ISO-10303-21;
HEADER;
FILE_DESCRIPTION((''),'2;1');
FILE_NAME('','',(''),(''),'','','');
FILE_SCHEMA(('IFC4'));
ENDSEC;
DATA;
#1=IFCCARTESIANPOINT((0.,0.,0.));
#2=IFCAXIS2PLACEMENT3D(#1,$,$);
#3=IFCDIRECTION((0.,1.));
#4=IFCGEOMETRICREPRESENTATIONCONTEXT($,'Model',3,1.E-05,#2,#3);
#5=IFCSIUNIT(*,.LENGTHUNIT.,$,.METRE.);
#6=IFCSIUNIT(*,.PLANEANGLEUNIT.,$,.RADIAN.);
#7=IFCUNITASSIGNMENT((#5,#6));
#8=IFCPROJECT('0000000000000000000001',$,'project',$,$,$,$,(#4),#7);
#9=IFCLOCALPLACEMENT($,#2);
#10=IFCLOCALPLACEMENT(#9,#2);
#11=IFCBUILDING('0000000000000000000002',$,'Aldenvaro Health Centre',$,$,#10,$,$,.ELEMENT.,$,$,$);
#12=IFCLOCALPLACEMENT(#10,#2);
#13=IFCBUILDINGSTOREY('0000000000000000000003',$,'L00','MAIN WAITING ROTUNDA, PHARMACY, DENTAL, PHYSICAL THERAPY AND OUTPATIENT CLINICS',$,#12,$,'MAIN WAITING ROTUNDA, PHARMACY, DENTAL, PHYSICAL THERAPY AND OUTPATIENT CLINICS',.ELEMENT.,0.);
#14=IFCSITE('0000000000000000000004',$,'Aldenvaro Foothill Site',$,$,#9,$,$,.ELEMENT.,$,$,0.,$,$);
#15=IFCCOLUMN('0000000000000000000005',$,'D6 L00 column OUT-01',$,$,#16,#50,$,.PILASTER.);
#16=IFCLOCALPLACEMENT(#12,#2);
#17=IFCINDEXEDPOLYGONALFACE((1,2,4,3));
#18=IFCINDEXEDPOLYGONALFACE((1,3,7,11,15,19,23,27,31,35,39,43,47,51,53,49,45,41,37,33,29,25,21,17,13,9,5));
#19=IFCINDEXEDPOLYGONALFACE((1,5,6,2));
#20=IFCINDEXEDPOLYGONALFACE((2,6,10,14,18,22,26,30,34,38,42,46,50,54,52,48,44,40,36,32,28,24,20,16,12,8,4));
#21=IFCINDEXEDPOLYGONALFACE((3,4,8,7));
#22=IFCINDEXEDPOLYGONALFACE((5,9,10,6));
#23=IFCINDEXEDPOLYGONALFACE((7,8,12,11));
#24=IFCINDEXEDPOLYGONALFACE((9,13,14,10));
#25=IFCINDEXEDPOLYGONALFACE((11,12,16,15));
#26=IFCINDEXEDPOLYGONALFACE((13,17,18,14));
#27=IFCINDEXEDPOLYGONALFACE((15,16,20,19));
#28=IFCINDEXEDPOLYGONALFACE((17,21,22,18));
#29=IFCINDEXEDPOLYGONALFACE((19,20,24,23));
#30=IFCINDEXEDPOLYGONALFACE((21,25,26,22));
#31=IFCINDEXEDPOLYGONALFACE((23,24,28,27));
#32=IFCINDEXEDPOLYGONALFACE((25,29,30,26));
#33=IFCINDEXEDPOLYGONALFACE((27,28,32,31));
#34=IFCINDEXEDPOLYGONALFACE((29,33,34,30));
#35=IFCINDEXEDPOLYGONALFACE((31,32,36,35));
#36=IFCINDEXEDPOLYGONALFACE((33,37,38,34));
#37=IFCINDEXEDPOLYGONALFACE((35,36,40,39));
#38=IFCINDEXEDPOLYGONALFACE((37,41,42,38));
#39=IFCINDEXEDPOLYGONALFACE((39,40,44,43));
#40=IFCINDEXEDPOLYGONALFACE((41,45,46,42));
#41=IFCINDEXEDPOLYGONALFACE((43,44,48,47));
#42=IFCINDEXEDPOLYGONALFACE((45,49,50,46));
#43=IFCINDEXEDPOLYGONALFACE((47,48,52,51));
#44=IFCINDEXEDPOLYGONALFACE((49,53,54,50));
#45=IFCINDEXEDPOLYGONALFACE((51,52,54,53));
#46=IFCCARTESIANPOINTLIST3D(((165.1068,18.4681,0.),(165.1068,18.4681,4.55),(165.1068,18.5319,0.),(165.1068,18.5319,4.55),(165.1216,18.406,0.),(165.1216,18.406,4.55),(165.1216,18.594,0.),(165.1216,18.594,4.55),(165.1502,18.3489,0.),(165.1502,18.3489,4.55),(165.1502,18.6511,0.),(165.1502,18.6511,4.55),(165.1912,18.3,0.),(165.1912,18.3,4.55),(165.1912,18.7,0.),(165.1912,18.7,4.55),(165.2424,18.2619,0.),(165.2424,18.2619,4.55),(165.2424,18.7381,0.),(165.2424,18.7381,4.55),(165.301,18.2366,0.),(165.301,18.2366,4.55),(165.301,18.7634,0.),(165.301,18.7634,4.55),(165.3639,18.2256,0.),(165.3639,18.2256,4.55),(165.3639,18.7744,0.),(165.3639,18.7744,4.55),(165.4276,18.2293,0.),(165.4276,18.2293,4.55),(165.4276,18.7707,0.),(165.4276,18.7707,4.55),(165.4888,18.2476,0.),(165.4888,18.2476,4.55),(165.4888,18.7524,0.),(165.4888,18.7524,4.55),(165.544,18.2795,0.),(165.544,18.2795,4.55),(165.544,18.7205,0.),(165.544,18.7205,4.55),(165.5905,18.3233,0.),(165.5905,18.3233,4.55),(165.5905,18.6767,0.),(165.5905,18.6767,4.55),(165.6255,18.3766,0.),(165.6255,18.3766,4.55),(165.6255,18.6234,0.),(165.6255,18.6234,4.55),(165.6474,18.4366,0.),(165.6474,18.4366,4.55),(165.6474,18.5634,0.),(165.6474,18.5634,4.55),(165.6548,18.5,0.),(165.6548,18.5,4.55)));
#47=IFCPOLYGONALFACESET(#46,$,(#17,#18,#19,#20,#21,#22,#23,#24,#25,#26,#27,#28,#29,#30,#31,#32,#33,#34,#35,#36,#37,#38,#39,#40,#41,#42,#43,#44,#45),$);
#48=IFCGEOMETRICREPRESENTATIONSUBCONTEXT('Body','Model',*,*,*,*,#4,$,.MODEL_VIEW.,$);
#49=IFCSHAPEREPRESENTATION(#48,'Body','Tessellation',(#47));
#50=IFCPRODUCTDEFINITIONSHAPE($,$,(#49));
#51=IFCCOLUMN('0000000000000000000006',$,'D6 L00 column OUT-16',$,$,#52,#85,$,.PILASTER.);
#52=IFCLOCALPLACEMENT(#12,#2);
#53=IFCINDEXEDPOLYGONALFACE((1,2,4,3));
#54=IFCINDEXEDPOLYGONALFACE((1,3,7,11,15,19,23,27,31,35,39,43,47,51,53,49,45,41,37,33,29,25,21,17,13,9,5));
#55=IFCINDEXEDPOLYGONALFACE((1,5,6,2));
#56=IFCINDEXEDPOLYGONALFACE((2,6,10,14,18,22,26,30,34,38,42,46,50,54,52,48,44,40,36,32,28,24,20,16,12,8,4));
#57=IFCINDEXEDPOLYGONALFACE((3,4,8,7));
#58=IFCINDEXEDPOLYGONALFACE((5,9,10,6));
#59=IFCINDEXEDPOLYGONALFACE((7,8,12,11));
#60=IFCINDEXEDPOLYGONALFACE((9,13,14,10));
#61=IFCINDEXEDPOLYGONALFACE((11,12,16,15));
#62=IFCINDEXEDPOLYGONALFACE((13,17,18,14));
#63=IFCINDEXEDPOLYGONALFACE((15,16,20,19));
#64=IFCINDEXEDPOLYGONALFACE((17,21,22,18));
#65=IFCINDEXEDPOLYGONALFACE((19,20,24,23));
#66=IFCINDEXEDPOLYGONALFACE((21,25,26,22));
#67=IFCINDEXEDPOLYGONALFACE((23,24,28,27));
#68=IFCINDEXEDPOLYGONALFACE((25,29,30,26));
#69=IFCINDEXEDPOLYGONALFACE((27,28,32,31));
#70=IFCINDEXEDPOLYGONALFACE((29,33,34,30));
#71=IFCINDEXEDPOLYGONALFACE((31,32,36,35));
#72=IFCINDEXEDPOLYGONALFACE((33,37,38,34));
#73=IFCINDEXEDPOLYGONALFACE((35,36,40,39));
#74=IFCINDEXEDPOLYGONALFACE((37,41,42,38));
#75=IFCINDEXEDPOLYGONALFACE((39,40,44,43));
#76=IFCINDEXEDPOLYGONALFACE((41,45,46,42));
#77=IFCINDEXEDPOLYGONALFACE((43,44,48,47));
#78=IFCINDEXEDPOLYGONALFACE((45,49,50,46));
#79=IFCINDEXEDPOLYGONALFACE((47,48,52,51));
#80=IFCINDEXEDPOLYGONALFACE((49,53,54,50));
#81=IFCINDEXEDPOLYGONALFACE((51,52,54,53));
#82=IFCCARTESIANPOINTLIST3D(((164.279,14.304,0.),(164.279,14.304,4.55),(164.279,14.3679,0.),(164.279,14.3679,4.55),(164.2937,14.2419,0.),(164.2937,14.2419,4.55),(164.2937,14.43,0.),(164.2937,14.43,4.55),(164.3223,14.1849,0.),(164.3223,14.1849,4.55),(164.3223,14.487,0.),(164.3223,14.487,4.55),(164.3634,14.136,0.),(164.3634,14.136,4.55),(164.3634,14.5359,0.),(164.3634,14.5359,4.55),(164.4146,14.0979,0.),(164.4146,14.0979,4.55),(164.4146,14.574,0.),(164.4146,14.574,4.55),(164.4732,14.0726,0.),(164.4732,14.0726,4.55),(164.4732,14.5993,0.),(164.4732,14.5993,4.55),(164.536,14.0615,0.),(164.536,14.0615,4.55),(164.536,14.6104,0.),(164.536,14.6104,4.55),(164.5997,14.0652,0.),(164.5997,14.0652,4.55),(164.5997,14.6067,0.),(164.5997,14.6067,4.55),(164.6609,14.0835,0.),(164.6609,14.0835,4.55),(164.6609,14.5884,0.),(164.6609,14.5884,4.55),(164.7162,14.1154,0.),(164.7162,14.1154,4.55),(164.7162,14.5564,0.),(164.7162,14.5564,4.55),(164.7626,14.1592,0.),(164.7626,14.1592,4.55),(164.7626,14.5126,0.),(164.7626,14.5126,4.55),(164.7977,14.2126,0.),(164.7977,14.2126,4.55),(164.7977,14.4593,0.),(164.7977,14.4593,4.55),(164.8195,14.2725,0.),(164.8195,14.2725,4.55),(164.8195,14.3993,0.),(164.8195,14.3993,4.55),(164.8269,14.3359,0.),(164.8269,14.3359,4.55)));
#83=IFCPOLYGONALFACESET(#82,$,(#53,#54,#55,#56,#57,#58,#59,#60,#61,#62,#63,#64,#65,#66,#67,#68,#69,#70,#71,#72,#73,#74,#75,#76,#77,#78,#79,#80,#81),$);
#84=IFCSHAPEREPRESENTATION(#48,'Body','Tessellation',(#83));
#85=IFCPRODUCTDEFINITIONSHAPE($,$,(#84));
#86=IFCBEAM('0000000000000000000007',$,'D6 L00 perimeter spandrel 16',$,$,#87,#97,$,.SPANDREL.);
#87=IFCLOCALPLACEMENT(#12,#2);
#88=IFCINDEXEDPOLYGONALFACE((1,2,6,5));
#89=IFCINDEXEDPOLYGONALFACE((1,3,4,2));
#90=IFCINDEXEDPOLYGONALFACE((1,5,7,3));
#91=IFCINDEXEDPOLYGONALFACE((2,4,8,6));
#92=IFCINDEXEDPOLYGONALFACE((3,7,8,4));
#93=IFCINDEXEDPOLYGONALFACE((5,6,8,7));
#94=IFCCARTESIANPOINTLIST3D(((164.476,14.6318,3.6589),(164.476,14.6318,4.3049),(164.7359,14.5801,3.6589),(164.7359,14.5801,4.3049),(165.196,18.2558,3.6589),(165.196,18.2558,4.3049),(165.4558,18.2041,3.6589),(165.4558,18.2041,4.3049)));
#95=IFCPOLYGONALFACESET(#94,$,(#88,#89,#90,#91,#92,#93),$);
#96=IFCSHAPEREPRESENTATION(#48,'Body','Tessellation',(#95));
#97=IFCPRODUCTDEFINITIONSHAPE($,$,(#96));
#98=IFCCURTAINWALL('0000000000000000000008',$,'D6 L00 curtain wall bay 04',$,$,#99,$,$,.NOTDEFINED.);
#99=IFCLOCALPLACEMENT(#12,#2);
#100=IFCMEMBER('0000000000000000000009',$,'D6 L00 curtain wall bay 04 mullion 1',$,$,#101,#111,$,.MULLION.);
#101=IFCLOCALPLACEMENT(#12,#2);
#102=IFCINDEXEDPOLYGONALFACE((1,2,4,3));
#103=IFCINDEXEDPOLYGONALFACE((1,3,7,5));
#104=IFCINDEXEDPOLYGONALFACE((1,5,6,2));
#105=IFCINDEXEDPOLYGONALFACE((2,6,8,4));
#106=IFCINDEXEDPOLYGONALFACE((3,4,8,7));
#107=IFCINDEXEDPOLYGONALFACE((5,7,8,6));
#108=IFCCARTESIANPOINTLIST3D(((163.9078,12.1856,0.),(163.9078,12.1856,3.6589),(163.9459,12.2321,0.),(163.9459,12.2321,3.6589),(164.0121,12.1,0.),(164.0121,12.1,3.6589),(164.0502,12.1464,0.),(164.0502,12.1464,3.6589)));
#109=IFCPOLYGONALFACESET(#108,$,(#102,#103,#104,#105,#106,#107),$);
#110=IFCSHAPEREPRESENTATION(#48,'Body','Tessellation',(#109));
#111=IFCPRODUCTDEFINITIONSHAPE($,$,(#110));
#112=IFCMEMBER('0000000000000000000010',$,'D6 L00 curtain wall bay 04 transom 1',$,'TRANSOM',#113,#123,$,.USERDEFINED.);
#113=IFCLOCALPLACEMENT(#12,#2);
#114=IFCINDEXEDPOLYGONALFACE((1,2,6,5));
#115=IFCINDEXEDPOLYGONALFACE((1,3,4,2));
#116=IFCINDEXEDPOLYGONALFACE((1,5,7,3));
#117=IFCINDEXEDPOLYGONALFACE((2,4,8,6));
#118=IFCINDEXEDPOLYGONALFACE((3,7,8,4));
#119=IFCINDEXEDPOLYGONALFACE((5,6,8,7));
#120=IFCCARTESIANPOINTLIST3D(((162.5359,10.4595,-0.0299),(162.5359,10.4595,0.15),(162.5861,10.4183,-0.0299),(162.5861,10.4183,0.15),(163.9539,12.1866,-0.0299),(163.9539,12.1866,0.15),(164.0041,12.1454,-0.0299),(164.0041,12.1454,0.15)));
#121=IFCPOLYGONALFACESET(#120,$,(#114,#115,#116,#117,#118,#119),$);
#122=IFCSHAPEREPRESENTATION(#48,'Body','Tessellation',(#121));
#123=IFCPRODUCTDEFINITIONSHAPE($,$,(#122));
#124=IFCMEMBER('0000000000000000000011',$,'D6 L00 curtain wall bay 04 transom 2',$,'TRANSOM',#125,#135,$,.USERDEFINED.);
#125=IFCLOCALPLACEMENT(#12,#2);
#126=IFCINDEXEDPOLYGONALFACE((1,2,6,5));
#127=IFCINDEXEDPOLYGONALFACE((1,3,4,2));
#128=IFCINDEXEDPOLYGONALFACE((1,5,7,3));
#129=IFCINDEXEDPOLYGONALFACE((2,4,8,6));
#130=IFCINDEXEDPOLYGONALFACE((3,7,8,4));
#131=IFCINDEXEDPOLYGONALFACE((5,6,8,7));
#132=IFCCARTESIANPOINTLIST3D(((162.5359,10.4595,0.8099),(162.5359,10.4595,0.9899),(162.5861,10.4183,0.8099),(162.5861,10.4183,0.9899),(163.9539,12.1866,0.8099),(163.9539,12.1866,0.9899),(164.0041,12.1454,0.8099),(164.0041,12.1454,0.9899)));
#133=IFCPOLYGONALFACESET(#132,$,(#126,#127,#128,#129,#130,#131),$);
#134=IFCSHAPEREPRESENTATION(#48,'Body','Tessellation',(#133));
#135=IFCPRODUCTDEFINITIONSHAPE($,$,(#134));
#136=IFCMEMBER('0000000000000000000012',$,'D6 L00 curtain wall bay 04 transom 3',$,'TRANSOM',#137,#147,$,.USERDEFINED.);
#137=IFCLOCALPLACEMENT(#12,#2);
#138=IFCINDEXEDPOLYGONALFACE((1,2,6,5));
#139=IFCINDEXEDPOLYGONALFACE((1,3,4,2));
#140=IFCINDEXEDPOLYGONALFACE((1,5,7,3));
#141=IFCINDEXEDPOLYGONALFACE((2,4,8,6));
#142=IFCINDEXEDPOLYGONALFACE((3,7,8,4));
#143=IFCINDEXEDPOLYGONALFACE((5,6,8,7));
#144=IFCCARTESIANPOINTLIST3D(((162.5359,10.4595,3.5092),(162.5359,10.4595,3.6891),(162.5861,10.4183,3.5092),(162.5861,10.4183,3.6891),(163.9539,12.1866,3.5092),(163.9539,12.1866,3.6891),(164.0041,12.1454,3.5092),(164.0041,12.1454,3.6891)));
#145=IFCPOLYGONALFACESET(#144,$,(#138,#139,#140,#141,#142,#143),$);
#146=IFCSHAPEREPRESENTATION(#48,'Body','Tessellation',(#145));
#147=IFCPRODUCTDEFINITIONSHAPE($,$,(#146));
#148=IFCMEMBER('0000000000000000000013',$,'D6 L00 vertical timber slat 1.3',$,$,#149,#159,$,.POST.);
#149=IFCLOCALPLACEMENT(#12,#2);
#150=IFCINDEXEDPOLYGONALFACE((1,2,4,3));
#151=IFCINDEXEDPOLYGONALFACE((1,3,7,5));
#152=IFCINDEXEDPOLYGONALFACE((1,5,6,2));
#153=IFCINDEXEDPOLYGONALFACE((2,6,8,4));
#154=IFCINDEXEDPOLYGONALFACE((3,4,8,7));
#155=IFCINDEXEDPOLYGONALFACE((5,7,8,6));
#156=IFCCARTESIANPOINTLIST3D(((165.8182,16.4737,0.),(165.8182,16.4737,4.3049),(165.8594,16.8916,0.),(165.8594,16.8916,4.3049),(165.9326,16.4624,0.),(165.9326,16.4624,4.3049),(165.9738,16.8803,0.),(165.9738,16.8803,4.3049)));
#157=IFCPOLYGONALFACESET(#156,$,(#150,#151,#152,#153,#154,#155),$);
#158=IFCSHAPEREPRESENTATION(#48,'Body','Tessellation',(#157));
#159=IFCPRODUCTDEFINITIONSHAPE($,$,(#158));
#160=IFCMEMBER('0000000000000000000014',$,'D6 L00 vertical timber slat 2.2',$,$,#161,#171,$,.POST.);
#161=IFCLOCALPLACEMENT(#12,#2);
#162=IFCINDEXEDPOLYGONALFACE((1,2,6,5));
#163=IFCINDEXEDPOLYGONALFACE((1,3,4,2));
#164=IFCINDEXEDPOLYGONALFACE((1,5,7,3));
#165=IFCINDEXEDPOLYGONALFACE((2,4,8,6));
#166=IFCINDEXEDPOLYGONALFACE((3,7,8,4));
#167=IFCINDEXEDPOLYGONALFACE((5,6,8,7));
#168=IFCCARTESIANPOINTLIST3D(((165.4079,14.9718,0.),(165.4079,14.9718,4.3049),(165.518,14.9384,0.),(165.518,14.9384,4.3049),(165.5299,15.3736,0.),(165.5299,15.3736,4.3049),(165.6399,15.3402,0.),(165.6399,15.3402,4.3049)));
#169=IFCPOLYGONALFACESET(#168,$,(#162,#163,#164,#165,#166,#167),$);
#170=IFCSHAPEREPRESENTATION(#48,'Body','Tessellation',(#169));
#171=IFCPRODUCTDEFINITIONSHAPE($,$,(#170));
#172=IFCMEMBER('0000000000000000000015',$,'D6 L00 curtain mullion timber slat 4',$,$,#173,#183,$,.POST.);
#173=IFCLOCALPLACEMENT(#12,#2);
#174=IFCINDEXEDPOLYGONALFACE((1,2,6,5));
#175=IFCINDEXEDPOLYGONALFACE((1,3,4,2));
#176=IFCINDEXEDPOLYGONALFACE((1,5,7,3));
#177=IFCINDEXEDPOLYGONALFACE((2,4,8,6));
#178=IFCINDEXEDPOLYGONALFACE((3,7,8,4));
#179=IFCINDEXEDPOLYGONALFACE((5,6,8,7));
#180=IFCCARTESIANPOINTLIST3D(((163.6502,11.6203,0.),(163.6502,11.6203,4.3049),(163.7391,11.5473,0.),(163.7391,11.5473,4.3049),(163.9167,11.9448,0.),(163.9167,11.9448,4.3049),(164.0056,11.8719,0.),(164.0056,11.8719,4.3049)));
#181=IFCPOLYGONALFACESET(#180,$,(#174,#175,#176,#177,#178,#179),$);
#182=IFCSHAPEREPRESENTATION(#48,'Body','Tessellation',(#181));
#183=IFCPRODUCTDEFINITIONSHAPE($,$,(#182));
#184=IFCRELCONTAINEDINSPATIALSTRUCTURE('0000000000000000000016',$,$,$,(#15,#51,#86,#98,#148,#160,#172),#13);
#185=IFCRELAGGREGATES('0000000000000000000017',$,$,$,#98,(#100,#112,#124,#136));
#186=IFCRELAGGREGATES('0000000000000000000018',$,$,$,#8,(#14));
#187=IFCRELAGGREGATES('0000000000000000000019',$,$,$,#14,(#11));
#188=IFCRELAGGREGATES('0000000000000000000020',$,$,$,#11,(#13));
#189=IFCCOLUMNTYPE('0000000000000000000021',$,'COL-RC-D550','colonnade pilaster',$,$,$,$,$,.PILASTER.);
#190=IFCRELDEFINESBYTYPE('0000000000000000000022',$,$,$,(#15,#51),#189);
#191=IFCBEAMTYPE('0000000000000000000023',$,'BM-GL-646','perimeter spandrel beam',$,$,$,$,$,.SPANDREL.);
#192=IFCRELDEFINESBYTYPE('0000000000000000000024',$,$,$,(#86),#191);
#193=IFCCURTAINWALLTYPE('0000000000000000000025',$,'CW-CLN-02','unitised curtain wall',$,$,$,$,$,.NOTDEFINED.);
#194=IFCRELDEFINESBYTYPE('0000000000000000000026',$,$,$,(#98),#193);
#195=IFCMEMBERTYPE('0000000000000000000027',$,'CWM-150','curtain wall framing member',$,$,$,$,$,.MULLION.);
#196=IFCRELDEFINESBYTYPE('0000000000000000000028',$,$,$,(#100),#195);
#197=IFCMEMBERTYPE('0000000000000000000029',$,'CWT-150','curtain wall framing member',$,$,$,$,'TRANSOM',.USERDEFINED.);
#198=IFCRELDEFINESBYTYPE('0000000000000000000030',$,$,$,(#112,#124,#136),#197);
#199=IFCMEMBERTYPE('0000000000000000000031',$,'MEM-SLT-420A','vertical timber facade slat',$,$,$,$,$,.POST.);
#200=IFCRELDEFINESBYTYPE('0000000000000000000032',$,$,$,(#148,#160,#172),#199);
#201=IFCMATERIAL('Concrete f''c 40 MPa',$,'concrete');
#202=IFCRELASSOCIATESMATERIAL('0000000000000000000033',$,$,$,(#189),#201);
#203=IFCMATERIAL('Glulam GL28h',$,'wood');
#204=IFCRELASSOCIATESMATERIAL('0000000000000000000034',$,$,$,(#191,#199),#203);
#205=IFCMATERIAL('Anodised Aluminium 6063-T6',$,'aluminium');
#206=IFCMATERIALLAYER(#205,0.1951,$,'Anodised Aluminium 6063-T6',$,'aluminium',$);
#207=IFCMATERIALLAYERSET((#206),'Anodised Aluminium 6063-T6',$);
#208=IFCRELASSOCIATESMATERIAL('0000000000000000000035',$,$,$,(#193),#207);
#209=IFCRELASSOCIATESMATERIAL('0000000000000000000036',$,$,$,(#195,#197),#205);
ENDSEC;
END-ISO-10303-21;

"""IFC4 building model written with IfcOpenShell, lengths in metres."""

from ifc_helpers import new_model, si_unit, direction, frame, origin, origin_2d, place, context, subcontext, project, spatial, rectangle, circle, extrude, material, layer, layer_set, material_profile, profile_set, type_object, element, aggregate, save


model = new_model("IFC4")

# Units and contexts
model_context = context("Model", 3, precision=1e-05, world=origin(), true_north=direction((0.0, 1.0)))
body_context = subcontext(model_context, "Body", "Model", "MODEL_VIEW")
ifc_project = project(units=[si_unit("LENGTHUNIT", "METRE"), si_unit("PLANEANGLEUNIT", "RADIAN")], contexts=[model_context])

# Site, building, storey
site_placement = place(None, origin())
site = spatial("IfcSite", under=ifc_project, at=site_placement, Name="Aldenvaro Foothill Site", CompositionType="ELEMENT", RefElevation=0.0)
building_placement = place(site_placement, origin())
building = spatial("IfcBuilding", under=site, at=building_placement, Name="Aldenvaro Health Centre", CompositionType="ELEMENT")
storey_placement = place(building_placement, origin())
storey = spatial("IfcBuildingStorey", under=building, at=storey_placement, Name="L00", Description="MAIN WAITING ROTUNDA, PHARMACY, DENTAL, PHYSICAL THERAPY AND OUTPATIENT CLINICS", LongName="MAIN WAITING ROTUNDA, PHARMACY, DENTAL, PHYSICAL THERAPY AND OUTPATIENT CLINICS", CompositionType="ELEMENT", Elevation=0.0)

# Columns
ifc_material_1 = material(Name="Concrete f'c 40 MPa", Category="concrete")
ifc_material_profile_1 = material_profile(ifc_material_1, circle(Radius=0.2749, at=origin_2d()), Name="RC D550", Category="concrete")
ifc_profile_set_1 = profile_set([ifc_material_profile_1], Name="Concrete f'c 40 MPa")
column_type = type_object("IfcColumnType", Name="COL-RC-D550", Description="colonnade pilaster", PredefinedType="PILASTER", material=ifc_profile_set_1)
for number, where, z_axis, x_axis, name in (
    (1, (165.3799, 18.5, 0.0), (0.0, 0.0, 1.0), (1.0, 0.0, 0.0), "D6 L00 column OUT-01"),
    (2, (164.552, 14.3359, 0.0), (0.0, 0.0, 1.0), (1.0, 0.0, 0.0), "D6 L00 column OUT-16"),
):
    element("IfcColumn", number, at=place(storey_placement, frame(where, z_axis=z_axis, x_axis=x_axis)), inside=storey, type_object=column_type, Name=name, PredefinedType="PILASTER", context=body_context, shape_type="SweptSolid", body=[
        extrude(circle(Radius=0.2749, at=origin_2d()), origin(), (0.0, 0.0, 1.0), 4.55),
    ])

# Beam
ifc_material_2 = material(Name="Glulam GL28h", Category="wood")
ifc_material_profile_2 = material_profile(ifc_material_2, rectangle(XDim=0.2649, YDim=0.646, at=origin_2d()), Name="GL 265x646", Category="wood")
ifc_profile_set_2 = profile_set([ifc_material_profile_2], Name="Glulam GL28h")
beam_type = type_object("IfcBeamType", Name="BM-GL-646", Description="perimeter spandrel beam", PredefinedType="SPANDREL", material=ifc_profile_set_2)
beam_placement = place(storey_placement, frame((164.606, 14.606, 3.9819), z_axis=(0.194858, 0.980831, 0.0), x_axis=(-0.980831, 0.194858, 0.0)))
element("IfcBeam", 3, at=beam_placement, inside=storey, type_object=beam_type, Name="D6 L00 perimeter spandrel 16", PredefinedType="SPANDREL", context=body_context, shape_type="SweptSolid", body=[
    extrude(rectangle(XDim=0.2649, YDim=0.646, at=origin_2d()), origin(), (0.0, 0.0, 1.0), 3.6948),
])

# Curtain wall, members
ifc_material_3 = material(Name="Anodised Aluminium 6063-T6", Category="aluminium")
ifc_layer_1 = layer(ifc_material_3, 0.1951, Name="Anodised Aluminium 6063-T6", Category="aluminium")
ifc_layer_set_1 = layer_set([ifc_layer_1], Name="Anodised Aluminium 6063-T6")
curtain_wall_type = type_object("IfcCurtainWallType", Name="CW-CLN-02", Description="unitised curtain wall", PredefinedType="NOTDEFINED", material=ifc_layer_set_1)
curtain_wall_placement = place(storey_placement, origin())
curtain_wall = element("IfcCurtainWall", 4, at=curtain_wall_placement, inside=storey, type_object=curtain_wall_type, Name="D6 L00 curtain wall bay 04", PredefinedType="NOTDEFINED")
ifc_material_profile_3 = material_profile(ifc_material_3, rectangle(XDim=0.0601, YDim=0.135, at=origin_2d()), Name="ALU 60x135", Category="aluminium")
ifc_profile_set_3 = profile_set([ifc_material_profile_3], Name="Anodised Aluminium 6063-T6")
member_type_1 = type_object("IfcMemberType", Name="CWM-150", Description="curtain wall framing member", PredefinedType="MULLION", material=ifc_profile_set_3)
member_1_placement = place(storey_placement, frame((163.979, 12.166, 0.0), z_axis=(0.0, 0.0, 1.0), x_axis=(-0.634577, -0.77286, 0.0)))
member_1 = element("IfcMember", 5, at=member_1_placement, type_object=member_type_1, Name="D6 L00 curtain wall bay 04 mullion 1", PredefinedType="MULLION", context=body_context, shape_type="SweptSolid", body=[
    extrude(rectangle(XDim=0.0601, YDim=0.135, at=origin_2d()), origin(), (0.0, 0.0, 1.0), 3.6589),
])
ifc_material_profile_4 = material_profile(ifc_material_3, rectangle(XDim=0.0649, YDim=0.1799, at=origin_2d()), Name="ALU 65x180", Category="aluminium")
ifc_profile_set_4 = profile_set([ifc_material_profile_4], Name="Anodised Aluminium 6063-T6")
member_type_2 = type_object("IfcMemberType", Name="CWT-150", Description="curtain wall framing member", ElementType="TRANSOM", PredefinedType="USERDEFINED", material=ifc_profile_set_4)
member_2_placement = place(storey_placement, frame((163.979, 12.166, 0.0601), z_axis=(-0.634558, -0.772876, 0.0), x_axis=(0.772876, -0.634558, 0.0)))
member_2 = element("IfcMember", 6, at=member_2_placement, type_object=member_type_2, Name="D6 L00 curtain wall bay 04 transom 1", ObjectType="TRANSOM", PredefinedType="USERDEFINED", context=body_context, shape_type="SweptSolid", body=[
    extrude(rectangle(XDim=0.0649, YDim=0.1799, at=origin_2d()), origin(), (0.0, 0.0, 1.0), 2.2346),
])
member_3_placement = place(storey_placement, frame((163.979, 12.166, 0.8999), z_axis=(-0.634558, -0.772876, 0.0), x_axis=(0.772876, -0.634558, 0.0)))
member_3 = element("IfcMember", 7, at=member_3_placement, type_object=member_type_2, Name="D6 L00 curtain wall bay 04 transom 2", ObjectType="TRANSOM", PredefinedType="USERDEFINED", context=body_context, shape_type="SweptSolid", body=[
    extrude(rectangle(XDim=0.0649, YDim=0.1799, at=origin_2d()), origin(), (0.0, 0.0, 1.0), 2.2346),
])
member_4_placement = place(storey_placement, frame((163.979, 12.166, 3.5991), z_axis=(-0.634558, -0.772876, 0.0), x_axis=(0.772876, -0.634558, 0.0)))
member_4 = element("IfcMember", 8, at=member_4_placement, type_object=member_type_2, Name="D6 L00 curtain wall bay 04 transom 3", ObjectType="TRANSOM", PredefinedType="USERDEFINED", context=body_context, shape_type="SweptSolid", body=[
    extrude(rectangle(XDim=0.0649, YDim=0.1799, at=origin_2d()), origin(), (0.0, 0.0, 1.0), 2.2346),
])

# Members
ifc_material_profile_5 = material_profile(ifc_material_2, rectangle(XDim=0.115, YDim=0.4199, at=origin_2d()), Name="GL 115x420", Category="wood")
ifc_profile_set_5 = profile_set([ifc_material_profile_5], Name="Glulam GL28h")
member_type_3 = type_object("IfcMemberType", Name="MEM-SLT-420A", Description="vertical timber facade slat", PredefinedType="POST", material=ifc_profile_set_5)
for number, where, z_axis, x_axis, name in (
    (9, (165.896, 16.677, 0.0), (0.0, 0.0, 1.0), (0.995187, -0.097997, 0.0), "D6 L00 vertical timber slat 1.3"),
    (10, (165.5239, 15.156, 0.0), (0.0, 0.0, 1.0), (0.956923, -0.290343, 0.0), "D6 L00 vertical timber slat 2.2"),
    (11, (163.8279, 11.7461, 0.0), (0.0, 0.0, 1.0), (0.77286, -0.634577, 0.0), "D6 L00 curtain mullion timber slat 4"),
):
    element("IfcMember", number, at=place(storey_placement, frame(where, z_axis=z_axis, x_axis=x_axis)), inside=storey, type_object=member_type_3, Name=name, PredefinedType="POST", context=body_context, shape_type="SweptSolid", body=[
        extrude(rectangle(XDim=0.115, YDim=0.4199, at=origin_2d()), origin(), (0.0, 0.0, 1.0), 4.3049),
    ])

aggregate(curtain_wall, [member_1, member_2, member_3, member_4])

save(model, "model.ifc")
